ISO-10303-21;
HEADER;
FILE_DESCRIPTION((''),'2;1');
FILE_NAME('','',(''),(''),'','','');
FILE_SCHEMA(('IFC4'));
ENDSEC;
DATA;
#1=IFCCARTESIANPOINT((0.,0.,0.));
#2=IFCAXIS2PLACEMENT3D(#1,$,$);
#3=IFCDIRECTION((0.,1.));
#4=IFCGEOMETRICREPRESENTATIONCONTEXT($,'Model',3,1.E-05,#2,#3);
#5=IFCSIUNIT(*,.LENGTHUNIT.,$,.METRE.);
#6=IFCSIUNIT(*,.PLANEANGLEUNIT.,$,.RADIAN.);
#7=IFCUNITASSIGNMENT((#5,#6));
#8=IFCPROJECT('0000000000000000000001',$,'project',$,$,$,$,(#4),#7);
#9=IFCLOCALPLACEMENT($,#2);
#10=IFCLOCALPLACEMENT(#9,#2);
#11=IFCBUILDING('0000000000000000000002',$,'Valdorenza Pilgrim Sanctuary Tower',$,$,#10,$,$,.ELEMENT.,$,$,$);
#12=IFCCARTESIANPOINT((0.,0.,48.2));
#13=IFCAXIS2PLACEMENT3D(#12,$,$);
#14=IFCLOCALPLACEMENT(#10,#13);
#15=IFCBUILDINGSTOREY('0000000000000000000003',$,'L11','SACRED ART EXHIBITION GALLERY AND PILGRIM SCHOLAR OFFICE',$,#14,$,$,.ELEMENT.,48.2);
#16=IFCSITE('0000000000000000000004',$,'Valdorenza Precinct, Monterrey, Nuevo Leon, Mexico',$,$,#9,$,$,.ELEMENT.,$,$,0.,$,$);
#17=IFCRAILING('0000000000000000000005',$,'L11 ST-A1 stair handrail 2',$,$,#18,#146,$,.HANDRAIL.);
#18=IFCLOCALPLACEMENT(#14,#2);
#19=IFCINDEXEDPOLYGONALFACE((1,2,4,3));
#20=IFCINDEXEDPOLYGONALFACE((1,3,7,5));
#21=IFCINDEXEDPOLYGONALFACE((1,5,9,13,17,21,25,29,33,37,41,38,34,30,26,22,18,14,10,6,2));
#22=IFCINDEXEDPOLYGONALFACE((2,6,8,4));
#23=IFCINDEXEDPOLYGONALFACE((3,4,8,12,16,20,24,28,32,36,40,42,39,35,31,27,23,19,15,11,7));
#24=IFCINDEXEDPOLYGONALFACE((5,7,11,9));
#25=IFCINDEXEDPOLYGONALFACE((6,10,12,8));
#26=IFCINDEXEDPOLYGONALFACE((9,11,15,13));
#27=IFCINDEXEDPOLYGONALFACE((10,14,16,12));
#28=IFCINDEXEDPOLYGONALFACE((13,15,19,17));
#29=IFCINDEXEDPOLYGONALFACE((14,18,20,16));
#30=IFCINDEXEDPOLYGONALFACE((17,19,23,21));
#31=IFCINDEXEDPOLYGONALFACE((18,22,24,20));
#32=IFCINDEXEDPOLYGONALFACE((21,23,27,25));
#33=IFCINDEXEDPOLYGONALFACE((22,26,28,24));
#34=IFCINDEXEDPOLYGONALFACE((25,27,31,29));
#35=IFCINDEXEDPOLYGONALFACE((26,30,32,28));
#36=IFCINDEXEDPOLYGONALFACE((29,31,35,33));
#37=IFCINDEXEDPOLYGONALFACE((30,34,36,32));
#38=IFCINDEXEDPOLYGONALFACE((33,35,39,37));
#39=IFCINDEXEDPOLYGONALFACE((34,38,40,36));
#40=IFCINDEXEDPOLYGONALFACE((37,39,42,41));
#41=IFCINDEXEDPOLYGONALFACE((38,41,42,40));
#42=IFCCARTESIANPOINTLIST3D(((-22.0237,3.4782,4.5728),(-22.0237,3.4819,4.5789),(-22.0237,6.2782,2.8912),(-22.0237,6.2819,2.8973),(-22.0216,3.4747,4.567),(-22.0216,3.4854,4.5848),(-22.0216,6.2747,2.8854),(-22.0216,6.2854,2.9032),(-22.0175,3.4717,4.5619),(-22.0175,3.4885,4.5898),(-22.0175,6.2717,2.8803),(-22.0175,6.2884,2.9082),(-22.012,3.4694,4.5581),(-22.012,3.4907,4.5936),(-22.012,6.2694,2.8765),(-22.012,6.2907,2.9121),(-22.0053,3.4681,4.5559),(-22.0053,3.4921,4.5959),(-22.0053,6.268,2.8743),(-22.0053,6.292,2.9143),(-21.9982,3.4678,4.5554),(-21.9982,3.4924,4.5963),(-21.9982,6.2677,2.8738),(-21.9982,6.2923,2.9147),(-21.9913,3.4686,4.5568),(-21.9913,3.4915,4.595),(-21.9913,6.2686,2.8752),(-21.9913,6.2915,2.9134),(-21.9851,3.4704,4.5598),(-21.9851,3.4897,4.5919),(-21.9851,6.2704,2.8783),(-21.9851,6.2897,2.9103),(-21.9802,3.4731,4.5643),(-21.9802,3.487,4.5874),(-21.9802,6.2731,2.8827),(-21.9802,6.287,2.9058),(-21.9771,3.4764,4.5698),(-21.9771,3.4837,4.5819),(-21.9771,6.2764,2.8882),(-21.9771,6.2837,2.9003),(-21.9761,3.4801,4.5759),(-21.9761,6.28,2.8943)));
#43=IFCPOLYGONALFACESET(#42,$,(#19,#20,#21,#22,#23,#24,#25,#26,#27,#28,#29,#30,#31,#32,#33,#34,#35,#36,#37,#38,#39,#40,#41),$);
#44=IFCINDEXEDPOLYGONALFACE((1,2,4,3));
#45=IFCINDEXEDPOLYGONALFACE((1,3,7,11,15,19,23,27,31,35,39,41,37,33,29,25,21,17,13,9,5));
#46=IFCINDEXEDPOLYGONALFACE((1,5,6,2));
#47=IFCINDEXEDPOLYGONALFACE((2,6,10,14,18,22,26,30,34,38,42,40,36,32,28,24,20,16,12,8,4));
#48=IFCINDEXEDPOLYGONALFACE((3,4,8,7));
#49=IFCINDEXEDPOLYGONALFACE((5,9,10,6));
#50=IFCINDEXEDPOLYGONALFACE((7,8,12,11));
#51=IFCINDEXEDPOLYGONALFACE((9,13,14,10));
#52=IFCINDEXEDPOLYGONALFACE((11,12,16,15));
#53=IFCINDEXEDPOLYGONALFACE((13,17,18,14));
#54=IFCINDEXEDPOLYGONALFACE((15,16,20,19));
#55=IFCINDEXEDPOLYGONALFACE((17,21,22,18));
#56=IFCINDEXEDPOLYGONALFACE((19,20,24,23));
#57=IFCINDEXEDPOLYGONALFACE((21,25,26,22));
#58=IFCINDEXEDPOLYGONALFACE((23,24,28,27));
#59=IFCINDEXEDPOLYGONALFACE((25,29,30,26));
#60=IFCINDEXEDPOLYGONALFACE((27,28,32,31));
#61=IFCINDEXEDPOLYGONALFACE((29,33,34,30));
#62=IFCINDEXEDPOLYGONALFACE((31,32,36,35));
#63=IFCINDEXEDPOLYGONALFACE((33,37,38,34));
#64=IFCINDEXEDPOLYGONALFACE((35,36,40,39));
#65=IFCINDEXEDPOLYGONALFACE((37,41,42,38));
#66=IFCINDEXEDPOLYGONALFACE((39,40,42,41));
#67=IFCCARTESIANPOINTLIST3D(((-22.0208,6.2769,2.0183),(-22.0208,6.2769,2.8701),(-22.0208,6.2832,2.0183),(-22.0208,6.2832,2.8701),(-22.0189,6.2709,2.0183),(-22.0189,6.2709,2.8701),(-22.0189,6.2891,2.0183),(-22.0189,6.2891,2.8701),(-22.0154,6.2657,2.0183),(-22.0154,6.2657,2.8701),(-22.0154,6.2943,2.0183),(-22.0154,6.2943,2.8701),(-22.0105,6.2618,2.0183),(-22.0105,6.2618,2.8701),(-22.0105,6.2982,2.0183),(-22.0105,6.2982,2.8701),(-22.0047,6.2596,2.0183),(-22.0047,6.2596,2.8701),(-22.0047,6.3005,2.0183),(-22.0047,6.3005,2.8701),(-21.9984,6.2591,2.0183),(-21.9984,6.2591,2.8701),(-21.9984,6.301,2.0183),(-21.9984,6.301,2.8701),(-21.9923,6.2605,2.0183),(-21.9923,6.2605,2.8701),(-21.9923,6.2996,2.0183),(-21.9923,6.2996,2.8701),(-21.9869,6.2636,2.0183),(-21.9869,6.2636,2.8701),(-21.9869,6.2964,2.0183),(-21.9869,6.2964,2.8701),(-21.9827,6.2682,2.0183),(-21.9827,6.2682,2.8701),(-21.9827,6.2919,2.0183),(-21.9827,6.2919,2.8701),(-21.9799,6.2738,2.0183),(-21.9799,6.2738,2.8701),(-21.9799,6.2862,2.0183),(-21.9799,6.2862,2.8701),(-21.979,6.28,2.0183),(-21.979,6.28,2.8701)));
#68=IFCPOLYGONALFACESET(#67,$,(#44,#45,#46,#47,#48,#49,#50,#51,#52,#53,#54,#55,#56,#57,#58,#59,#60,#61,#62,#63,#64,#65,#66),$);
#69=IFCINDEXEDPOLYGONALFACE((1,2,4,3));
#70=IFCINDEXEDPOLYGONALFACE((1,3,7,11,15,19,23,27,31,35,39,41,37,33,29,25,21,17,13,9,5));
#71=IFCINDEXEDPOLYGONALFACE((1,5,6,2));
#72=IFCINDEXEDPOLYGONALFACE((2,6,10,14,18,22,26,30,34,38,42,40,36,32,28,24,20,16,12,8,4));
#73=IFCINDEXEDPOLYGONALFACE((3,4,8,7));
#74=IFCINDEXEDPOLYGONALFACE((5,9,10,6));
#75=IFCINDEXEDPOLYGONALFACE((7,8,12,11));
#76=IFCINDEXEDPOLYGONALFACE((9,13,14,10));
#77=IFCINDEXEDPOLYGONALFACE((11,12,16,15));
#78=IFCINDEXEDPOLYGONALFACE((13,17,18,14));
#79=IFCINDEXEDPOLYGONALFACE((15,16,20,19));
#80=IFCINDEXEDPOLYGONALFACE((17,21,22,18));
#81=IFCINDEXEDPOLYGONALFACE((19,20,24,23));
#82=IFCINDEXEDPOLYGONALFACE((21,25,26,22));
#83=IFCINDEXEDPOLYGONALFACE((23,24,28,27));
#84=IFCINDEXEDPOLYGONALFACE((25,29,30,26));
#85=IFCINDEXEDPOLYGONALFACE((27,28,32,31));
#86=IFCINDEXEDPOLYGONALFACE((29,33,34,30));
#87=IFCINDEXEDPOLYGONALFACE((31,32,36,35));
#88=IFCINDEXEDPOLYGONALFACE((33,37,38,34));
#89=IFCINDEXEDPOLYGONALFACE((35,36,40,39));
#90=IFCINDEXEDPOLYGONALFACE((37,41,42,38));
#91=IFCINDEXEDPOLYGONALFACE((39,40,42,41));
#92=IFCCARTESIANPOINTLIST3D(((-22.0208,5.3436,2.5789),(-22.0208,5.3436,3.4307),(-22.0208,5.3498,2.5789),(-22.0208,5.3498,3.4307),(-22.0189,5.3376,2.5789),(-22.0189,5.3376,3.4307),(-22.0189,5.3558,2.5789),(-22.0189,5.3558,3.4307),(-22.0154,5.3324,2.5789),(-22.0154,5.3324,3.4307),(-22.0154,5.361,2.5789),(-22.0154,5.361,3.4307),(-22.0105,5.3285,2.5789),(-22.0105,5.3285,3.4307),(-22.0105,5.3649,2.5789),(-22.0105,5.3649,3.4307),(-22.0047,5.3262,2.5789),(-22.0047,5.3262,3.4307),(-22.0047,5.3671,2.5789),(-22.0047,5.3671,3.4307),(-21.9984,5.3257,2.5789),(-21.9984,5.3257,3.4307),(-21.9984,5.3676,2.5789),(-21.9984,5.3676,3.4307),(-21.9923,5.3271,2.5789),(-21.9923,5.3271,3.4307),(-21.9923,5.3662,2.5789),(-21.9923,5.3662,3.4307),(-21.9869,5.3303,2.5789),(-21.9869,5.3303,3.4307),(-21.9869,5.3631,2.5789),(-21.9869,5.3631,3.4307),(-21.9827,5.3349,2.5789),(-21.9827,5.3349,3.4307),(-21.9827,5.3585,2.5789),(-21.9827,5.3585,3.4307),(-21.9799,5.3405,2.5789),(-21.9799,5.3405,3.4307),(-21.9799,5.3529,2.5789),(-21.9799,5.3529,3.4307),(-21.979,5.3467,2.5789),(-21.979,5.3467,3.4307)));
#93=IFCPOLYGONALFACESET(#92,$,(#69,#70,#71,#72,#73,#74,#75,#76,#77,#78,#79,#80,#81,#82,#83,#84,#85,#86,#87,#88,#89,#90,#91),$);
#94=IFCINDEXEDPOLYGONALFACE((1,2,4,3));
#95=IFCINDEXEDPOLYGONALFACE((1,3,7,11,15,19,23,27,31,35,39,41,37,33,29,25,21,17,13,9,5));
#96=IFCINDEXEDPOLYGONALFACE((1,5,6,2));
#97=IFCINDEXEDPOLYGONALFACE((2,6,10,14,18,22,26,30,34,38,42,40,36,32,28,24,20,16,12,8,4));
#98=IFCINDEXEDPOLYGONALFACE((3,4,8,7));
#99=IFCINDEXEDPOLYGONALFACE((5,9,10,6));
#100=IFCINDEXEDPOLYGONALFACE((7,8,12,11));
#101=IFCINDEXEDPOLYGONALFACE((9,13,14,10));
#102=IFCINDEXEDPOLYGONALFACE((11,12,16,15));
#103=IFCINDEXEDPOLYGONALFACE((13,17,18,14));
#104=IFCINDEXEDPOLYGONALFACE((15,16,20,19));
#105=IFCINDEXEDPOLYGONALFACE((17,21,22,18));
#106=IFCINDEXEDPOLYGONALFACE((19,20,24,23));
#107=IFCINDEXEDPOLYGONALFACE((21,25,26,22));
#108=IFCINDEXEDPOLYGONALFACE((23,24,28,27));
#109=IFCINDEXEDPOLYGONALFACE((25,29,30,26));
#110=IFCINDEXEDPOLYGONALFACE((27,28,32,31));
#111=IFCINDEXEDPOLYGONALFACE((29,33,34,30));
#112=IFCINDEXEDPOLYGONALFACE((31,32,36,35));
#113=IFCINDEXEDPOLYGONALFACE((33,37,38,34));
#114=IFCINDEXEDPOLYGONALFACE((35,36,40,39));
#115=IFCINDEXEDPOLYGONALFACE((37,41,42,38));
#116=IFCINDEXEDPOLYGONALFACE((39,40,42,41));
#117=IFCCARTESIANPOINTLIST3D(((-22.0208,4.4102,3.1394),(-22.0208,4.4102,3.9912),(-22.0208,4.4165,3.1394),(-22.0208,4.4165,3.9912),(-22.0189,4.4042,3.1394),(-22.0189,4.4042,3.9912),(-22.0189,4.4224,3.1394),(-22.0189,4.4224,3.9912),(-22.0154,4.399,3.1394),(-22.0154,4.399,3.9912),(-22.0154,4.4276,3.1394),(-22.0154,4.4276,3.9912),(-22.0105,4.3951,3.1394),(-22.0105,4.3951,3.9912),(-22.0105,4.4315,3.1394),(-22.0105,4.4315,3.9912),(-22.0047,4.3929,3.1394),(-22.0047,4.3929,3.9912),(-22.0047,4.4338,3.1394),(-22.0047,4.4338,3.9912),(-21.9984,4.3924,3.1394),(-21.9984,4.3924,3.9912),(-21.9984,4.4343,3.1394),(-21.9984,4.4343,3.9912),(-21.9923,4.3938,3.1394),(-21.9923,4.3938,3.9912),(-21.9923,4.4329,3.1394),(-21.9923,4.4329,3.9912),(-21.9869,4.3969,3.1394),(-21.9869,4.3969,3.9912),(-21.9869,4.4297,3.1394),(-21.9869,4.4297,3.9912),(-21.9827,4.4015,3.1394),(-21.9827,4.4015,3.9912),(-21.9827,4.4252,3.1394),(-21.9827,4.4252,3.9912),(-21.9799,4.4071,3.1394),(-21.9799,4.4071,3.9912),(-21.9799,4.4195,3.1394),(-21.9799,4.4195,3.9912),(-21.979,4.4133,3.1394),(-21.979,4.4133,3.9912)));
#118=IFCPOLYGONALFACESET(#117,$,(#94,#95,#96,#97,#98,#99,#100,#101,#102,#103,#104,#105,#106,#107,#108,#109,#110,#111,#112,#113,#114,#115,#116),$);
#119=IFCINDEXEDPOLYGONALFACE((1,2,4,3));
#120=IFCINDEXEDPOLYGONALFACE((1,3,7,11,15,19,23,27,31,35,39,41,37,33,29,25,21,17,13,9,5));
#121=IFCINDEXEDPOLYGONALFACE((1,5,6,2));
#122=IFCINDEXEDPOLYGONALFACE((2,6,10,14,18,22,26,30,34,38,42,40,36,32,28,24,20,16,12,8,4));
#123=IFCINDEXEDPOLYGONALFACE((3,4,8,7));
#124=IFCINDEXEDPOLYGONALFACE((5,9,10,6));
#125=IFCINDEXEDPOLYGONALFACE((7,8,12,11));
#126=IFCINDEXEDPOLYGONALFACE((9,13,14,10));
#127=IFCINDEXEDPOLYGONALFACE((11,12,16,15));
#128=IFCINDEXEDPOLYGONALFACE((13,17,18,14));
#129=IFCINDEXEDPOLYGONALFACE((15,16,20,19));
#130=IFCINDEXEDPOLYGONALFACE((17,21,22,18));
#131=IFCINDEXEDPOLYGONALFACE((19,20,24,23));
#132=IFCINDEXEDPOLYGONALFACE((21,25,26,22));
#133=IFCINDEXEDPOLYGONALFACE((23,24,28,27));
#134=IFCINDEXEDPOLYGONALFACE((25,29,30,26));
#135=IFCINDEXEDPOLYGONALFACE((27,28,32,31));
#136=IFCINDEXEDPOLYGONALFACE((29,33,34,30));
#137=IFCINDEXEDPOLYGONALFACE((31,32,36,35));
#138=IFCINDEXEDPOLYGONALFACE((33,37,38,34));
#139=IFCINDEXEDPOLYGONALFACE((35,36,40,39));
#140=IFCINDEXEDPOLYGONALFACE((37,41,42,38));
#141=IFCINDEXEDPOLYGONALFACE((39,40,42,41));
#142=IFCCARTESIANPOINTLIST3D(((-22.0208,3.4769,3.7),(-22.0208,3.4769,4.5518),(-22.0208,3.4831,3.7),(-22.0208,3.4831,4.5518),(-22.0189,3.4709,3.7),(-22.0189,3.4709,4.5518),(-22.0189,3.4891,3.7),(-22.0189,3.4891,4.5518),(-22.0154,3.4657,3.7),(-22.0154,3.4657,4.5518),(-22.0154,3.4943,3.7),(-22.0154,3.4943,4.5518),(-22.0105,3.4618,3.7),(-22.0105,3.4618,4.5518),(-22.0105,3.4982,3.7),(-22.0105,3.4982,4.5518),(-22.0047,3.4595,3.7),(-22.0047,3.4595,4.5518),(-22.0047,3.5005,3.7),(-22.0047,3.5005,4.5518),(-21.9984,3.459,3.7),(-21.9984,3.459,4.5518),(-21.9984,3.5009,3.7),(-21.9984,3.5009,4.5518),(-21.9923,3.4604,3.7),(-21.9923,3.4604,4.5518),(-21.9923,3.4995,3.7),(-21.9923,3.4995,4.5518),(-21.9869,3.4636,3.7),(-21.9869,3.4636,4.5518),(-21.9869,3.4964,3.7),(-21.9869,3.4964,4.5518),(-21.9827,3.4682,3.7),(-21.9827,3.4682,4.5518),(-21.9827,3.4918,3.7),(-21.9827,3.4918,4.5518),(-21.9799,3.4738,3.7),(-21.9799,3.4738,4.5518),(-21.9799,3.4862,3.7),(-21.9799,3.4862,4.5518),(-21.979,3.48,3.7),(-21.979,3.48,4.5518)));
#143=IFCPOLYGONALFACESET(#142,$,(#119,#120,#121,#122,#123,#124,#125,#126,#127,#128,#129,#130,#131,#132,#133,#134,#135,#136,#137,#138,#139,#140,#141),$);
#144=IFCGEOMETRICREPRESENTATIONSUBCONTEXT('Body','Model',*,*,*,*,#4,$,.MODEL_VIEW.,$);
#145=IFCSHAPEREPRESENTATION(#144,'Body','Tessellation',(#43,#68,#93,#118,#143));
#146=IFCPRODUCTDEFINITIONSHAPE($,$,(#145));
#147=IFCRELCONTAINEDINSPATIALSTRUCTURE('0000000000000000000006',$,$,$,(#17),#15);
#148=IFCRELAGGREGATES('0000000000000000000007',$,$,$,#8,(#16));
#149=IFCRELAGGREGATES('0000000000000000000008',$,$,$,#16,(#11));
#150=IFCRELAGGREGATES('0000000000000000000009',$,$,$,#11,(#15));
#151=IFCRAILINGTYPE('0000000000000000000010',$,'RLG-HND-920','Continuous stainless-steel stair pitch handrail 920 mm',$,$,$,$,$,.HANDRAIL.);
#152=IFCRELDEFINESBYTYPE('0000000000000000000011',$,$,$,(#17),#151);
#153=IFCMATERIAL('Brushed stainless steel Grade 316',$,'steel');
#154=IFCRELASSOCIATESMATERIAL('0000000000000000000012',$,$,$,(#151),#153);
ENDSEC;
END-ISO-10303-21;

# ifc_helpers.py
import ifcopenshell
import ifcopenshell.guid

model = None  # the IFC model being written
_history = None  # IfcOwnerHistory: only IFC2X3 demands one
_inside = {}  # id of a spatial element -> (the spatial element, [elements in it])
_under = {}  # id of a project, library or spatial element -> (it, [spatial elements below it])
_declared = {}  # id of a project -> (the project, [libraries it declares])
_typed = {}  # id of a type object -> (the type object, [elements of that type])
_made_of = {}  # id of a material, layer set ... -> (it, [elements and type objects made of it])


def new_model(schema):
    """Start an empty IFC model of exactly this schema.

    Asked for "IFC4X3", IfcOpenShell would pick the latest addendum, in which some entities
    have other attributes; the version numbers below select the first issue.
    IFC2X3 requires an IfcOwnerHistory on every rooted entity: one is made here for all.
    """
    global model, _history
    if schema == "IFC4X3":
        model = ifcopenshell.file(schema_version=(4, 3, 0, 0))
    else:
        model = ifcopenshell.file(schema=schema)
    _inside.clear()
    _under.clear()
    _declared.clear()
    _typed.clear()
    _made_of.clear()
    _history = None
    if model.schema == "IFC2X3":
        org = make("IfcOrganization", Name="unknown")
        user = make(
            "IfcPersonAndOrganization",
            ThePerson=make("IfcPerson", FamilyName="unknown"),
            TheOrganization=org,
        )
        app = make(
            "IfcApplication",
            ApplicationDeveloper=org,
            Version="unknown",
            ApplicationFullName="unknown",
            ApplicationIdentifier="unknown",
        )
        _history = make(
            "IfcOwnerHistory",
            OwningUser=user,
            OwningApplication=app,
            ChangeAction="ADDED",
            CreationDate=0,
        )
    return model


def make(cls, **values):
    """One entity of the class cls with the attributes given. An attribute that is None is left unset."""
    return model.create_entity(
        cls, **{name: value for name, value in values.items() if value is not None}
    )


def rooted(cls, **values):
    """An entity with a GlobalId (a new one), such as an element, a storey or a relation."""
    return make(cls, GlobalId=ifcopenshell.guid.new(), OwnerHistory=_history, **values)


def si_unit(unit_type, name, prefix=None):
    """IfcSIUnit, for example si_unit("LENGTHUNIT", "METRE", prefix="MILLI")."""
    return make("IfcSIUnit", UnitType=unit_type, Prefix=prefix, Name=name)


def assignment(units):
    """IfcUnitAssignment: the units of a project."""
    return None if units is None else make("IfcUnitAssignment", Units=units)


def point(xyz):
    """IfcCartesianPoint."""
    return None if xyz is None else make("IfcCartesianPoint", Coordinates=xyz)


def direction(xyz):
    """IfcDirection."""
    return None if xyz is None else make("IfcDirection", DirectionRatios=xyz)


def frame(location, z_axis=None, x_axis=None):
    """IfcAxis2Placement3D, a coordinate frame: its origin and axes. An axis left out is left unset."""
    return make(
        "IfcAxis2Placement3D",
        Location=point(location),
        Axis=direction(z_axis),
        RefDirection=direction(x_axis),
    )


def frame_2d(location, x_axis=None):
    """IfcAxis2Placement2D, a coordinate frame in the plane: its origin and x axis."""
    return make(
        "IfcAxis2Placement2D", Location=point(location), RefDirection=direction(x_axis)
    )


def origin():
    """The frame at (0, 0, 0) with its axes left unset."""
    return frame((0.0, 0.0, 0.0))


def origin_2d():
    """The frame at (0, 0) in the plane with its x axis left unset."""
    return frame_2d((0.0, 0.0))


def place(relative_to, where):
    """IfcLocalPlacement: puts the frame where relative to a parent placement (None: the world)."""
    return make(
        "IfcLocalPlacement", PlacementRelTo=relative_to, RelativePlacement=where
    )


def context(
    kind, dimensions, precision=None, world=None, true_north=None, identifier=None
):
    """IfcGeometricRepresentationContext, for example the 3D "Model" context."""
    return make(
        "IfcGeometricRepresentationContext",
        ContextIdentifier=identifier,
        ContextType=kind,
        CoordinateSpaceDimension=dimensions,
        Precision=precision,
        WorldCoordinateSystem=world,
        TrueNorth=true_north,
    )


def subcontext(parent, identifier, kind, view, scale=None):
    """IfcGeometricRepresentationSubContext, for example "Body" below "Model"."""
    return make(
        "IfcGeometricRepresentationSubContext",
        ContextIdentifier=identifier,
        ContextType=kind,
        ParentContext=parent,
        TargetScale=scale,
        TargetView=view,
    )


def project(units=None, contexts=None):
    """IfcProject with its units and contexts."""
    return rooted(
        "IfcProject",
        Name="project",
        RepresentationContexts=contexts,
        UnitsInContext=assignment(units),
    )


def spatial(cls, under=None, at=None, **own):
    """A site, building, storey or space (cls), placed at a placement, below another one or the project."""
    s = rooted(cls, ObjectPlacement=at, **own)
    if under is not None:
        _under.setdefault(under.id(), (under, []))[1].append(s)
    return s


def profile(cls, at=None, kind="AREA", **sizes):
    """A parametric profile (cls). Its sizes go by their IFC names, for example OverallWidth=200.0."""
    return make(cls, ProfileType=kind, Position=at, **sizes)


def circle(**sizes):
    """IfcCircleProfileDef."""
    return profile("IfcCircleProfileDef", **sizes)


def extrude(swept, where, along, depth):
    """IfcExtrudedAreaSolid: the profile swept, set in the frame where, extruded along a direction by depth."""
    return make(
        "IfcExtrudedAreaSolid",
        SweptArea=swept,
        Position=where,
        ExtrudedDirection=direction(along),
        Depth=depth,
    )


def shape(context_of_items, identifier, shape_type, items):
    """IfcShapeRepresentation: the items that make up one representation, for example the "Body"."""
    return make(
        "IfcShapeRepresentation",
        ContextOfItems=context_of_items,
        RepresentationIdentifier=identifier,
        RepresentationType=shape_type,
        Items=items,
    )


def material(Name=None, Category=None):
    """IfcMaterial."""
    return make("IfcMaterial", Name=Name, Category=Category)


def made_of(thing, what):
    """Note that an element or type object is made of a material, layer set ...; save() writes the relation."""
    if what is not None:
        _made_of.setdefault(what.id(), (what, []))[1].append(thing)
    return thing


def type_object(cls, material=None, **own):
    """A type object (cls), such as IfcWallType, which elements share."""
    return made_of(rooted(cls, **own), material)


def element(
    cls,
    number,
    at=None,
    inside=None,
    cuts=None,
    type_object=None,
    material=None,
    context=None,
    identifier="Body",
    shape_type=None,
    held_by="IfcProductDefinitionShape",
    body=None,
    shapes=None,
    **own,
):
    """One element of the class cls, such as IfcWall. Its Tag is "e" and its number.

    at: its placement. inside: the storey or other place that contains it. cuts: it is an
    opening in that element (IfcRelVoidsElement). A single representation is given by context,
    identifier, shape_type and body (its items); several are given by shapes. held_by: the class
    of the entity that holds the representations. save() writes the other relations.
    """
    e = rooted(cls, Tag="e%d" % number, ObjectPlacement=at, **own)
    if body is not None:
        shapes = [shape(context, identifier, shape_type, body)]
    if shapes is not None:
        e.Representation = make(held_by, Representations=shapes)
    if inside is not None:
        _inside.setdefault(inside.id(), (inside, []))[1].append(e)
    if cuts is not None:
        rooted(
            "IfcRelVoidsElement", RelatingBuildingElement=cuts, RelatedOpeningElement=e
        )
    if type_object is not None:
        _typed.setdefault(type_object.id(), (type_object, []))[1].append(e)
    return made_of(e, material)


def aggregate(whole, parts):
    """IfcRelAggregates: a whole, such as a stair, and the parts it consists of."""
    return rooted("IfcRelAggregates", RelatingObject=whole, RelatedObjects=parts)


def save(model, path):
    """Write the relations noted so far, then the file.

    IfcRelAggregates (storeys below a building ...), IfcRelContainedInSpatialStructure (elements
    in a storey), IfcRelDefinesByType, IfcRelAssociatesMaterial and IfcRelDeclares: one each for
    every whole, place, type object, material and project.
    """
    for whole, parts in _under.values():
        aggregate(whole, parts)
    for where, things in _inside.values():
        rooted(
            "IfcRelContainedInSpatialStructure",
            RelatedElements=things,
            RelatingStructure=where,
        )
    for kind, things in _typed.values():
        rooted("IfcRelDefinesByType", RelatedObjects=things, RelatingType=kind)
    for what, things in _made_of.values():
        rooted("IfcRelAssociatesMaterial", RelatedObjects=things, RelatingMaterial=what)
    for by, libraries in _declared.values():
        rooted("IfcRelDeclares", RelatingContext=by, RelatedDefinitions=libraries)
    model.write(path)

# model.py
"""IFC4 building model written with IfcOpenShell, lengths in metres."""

from ifc_helpers import new_model, si_unit, direction, frame, origin, origin_2d, place, context, subcontext, project, spatial, circle, extrude, material, type_object, element, save


model = new_model("IFC4")

# Units and contexts
model_context = context("Model", 3, precision=1e-05, world=origin(), true_north=direction((0.0, 1.0)))
body_context = subcontext(model_context, "Body", "Model", "MODEL_VIEW")
ifc_project = project(units=[si_unit("LENGTHUNIT", "METRE"), si_unit("PLANEANGLEUNIT", "RADIAN")], contexts=[model_context])

# Site, building, storey
site_placement = place(None, origin())
site = spatial("IfcSite", under=ifc_project, at=site_placement, Name="Valdorenza Precinct, Monterrey, Nuevo Leon, Mexico", CompositionType="ELEMENT", RefElevation=0.0)
building_placement = place(site_placement, origin())
building = spatial("IfcBuilding", under=site, at=building_placement, Name="Valdorenza Pilgrim Sanctuary Tower", CompositionType="ELEMENT")
storey_placement = place(building_placement, frame((0.0, 0.0, 48.2)))
storey = spatial("IfcBuildingStorey", under=building, at=storey_placement, Name="L11", Description="SACRED ART EXHIBITION GALLERY AND PILGRIM SCHOLAR OFFICE", CompositionType="ELEMENT", Elevation=48.2)

# Railing
ifc_material_1 = material(Name="Brushed stainless steel Grade 316", Category="steel")
railing_type_1 = type_object("IfcRailingType", Name="RLG-HND-920", Description="Continuous stainless-steel stair pitch handrail 920 mm", PredefinedType="HANDRAIL", material=ifc_material_1)
railing_1_placement = place(storey_placement, frame((-22.0, 6.28, 2.0183)))
element("IfcRailing", 1, at=railing_1_placement, inside=storey, type_object=railing_type_1, Name="L11 ST-A1 stair handrail 2", PredefinedType="HANDRAIL", context=body_context, shape_type="SweptSolid", body=[
    extrude(circle(Radius=0.0239, at=origin_2d()), frame((0.0, 0.0, 0.876), z_axis=(0.0, -0.857275, 0.514858), x_axis=(1.0, 0.0, 0.0)), (0.0, 0.0, 1.0), 3.2661),
    extrude(circle(Radius=0.021, at=origin_2d()), origin(), (0.0, 0.0, 1.0), 0.8518),
    extrude(circle(Radius=0.021, at=origin_2d()), frame((0.0, -0.9333, 0.5605)), (0.0, 0.0, 1.0), 0.8518),
    extrude(circle(Radius=0.021, at=origin_2d()), frame((0.0, -1.8667, 1.1211)), (0.0, 0.0, 1.0), 0.8518),
    extrude(circle(Radius=0.021, at=origin_2d()), frame((0.0, -2.8, 1.6816)), (0.0, 0.0, 1.0), 0.8518),
])

save(model, "model.ifc")
